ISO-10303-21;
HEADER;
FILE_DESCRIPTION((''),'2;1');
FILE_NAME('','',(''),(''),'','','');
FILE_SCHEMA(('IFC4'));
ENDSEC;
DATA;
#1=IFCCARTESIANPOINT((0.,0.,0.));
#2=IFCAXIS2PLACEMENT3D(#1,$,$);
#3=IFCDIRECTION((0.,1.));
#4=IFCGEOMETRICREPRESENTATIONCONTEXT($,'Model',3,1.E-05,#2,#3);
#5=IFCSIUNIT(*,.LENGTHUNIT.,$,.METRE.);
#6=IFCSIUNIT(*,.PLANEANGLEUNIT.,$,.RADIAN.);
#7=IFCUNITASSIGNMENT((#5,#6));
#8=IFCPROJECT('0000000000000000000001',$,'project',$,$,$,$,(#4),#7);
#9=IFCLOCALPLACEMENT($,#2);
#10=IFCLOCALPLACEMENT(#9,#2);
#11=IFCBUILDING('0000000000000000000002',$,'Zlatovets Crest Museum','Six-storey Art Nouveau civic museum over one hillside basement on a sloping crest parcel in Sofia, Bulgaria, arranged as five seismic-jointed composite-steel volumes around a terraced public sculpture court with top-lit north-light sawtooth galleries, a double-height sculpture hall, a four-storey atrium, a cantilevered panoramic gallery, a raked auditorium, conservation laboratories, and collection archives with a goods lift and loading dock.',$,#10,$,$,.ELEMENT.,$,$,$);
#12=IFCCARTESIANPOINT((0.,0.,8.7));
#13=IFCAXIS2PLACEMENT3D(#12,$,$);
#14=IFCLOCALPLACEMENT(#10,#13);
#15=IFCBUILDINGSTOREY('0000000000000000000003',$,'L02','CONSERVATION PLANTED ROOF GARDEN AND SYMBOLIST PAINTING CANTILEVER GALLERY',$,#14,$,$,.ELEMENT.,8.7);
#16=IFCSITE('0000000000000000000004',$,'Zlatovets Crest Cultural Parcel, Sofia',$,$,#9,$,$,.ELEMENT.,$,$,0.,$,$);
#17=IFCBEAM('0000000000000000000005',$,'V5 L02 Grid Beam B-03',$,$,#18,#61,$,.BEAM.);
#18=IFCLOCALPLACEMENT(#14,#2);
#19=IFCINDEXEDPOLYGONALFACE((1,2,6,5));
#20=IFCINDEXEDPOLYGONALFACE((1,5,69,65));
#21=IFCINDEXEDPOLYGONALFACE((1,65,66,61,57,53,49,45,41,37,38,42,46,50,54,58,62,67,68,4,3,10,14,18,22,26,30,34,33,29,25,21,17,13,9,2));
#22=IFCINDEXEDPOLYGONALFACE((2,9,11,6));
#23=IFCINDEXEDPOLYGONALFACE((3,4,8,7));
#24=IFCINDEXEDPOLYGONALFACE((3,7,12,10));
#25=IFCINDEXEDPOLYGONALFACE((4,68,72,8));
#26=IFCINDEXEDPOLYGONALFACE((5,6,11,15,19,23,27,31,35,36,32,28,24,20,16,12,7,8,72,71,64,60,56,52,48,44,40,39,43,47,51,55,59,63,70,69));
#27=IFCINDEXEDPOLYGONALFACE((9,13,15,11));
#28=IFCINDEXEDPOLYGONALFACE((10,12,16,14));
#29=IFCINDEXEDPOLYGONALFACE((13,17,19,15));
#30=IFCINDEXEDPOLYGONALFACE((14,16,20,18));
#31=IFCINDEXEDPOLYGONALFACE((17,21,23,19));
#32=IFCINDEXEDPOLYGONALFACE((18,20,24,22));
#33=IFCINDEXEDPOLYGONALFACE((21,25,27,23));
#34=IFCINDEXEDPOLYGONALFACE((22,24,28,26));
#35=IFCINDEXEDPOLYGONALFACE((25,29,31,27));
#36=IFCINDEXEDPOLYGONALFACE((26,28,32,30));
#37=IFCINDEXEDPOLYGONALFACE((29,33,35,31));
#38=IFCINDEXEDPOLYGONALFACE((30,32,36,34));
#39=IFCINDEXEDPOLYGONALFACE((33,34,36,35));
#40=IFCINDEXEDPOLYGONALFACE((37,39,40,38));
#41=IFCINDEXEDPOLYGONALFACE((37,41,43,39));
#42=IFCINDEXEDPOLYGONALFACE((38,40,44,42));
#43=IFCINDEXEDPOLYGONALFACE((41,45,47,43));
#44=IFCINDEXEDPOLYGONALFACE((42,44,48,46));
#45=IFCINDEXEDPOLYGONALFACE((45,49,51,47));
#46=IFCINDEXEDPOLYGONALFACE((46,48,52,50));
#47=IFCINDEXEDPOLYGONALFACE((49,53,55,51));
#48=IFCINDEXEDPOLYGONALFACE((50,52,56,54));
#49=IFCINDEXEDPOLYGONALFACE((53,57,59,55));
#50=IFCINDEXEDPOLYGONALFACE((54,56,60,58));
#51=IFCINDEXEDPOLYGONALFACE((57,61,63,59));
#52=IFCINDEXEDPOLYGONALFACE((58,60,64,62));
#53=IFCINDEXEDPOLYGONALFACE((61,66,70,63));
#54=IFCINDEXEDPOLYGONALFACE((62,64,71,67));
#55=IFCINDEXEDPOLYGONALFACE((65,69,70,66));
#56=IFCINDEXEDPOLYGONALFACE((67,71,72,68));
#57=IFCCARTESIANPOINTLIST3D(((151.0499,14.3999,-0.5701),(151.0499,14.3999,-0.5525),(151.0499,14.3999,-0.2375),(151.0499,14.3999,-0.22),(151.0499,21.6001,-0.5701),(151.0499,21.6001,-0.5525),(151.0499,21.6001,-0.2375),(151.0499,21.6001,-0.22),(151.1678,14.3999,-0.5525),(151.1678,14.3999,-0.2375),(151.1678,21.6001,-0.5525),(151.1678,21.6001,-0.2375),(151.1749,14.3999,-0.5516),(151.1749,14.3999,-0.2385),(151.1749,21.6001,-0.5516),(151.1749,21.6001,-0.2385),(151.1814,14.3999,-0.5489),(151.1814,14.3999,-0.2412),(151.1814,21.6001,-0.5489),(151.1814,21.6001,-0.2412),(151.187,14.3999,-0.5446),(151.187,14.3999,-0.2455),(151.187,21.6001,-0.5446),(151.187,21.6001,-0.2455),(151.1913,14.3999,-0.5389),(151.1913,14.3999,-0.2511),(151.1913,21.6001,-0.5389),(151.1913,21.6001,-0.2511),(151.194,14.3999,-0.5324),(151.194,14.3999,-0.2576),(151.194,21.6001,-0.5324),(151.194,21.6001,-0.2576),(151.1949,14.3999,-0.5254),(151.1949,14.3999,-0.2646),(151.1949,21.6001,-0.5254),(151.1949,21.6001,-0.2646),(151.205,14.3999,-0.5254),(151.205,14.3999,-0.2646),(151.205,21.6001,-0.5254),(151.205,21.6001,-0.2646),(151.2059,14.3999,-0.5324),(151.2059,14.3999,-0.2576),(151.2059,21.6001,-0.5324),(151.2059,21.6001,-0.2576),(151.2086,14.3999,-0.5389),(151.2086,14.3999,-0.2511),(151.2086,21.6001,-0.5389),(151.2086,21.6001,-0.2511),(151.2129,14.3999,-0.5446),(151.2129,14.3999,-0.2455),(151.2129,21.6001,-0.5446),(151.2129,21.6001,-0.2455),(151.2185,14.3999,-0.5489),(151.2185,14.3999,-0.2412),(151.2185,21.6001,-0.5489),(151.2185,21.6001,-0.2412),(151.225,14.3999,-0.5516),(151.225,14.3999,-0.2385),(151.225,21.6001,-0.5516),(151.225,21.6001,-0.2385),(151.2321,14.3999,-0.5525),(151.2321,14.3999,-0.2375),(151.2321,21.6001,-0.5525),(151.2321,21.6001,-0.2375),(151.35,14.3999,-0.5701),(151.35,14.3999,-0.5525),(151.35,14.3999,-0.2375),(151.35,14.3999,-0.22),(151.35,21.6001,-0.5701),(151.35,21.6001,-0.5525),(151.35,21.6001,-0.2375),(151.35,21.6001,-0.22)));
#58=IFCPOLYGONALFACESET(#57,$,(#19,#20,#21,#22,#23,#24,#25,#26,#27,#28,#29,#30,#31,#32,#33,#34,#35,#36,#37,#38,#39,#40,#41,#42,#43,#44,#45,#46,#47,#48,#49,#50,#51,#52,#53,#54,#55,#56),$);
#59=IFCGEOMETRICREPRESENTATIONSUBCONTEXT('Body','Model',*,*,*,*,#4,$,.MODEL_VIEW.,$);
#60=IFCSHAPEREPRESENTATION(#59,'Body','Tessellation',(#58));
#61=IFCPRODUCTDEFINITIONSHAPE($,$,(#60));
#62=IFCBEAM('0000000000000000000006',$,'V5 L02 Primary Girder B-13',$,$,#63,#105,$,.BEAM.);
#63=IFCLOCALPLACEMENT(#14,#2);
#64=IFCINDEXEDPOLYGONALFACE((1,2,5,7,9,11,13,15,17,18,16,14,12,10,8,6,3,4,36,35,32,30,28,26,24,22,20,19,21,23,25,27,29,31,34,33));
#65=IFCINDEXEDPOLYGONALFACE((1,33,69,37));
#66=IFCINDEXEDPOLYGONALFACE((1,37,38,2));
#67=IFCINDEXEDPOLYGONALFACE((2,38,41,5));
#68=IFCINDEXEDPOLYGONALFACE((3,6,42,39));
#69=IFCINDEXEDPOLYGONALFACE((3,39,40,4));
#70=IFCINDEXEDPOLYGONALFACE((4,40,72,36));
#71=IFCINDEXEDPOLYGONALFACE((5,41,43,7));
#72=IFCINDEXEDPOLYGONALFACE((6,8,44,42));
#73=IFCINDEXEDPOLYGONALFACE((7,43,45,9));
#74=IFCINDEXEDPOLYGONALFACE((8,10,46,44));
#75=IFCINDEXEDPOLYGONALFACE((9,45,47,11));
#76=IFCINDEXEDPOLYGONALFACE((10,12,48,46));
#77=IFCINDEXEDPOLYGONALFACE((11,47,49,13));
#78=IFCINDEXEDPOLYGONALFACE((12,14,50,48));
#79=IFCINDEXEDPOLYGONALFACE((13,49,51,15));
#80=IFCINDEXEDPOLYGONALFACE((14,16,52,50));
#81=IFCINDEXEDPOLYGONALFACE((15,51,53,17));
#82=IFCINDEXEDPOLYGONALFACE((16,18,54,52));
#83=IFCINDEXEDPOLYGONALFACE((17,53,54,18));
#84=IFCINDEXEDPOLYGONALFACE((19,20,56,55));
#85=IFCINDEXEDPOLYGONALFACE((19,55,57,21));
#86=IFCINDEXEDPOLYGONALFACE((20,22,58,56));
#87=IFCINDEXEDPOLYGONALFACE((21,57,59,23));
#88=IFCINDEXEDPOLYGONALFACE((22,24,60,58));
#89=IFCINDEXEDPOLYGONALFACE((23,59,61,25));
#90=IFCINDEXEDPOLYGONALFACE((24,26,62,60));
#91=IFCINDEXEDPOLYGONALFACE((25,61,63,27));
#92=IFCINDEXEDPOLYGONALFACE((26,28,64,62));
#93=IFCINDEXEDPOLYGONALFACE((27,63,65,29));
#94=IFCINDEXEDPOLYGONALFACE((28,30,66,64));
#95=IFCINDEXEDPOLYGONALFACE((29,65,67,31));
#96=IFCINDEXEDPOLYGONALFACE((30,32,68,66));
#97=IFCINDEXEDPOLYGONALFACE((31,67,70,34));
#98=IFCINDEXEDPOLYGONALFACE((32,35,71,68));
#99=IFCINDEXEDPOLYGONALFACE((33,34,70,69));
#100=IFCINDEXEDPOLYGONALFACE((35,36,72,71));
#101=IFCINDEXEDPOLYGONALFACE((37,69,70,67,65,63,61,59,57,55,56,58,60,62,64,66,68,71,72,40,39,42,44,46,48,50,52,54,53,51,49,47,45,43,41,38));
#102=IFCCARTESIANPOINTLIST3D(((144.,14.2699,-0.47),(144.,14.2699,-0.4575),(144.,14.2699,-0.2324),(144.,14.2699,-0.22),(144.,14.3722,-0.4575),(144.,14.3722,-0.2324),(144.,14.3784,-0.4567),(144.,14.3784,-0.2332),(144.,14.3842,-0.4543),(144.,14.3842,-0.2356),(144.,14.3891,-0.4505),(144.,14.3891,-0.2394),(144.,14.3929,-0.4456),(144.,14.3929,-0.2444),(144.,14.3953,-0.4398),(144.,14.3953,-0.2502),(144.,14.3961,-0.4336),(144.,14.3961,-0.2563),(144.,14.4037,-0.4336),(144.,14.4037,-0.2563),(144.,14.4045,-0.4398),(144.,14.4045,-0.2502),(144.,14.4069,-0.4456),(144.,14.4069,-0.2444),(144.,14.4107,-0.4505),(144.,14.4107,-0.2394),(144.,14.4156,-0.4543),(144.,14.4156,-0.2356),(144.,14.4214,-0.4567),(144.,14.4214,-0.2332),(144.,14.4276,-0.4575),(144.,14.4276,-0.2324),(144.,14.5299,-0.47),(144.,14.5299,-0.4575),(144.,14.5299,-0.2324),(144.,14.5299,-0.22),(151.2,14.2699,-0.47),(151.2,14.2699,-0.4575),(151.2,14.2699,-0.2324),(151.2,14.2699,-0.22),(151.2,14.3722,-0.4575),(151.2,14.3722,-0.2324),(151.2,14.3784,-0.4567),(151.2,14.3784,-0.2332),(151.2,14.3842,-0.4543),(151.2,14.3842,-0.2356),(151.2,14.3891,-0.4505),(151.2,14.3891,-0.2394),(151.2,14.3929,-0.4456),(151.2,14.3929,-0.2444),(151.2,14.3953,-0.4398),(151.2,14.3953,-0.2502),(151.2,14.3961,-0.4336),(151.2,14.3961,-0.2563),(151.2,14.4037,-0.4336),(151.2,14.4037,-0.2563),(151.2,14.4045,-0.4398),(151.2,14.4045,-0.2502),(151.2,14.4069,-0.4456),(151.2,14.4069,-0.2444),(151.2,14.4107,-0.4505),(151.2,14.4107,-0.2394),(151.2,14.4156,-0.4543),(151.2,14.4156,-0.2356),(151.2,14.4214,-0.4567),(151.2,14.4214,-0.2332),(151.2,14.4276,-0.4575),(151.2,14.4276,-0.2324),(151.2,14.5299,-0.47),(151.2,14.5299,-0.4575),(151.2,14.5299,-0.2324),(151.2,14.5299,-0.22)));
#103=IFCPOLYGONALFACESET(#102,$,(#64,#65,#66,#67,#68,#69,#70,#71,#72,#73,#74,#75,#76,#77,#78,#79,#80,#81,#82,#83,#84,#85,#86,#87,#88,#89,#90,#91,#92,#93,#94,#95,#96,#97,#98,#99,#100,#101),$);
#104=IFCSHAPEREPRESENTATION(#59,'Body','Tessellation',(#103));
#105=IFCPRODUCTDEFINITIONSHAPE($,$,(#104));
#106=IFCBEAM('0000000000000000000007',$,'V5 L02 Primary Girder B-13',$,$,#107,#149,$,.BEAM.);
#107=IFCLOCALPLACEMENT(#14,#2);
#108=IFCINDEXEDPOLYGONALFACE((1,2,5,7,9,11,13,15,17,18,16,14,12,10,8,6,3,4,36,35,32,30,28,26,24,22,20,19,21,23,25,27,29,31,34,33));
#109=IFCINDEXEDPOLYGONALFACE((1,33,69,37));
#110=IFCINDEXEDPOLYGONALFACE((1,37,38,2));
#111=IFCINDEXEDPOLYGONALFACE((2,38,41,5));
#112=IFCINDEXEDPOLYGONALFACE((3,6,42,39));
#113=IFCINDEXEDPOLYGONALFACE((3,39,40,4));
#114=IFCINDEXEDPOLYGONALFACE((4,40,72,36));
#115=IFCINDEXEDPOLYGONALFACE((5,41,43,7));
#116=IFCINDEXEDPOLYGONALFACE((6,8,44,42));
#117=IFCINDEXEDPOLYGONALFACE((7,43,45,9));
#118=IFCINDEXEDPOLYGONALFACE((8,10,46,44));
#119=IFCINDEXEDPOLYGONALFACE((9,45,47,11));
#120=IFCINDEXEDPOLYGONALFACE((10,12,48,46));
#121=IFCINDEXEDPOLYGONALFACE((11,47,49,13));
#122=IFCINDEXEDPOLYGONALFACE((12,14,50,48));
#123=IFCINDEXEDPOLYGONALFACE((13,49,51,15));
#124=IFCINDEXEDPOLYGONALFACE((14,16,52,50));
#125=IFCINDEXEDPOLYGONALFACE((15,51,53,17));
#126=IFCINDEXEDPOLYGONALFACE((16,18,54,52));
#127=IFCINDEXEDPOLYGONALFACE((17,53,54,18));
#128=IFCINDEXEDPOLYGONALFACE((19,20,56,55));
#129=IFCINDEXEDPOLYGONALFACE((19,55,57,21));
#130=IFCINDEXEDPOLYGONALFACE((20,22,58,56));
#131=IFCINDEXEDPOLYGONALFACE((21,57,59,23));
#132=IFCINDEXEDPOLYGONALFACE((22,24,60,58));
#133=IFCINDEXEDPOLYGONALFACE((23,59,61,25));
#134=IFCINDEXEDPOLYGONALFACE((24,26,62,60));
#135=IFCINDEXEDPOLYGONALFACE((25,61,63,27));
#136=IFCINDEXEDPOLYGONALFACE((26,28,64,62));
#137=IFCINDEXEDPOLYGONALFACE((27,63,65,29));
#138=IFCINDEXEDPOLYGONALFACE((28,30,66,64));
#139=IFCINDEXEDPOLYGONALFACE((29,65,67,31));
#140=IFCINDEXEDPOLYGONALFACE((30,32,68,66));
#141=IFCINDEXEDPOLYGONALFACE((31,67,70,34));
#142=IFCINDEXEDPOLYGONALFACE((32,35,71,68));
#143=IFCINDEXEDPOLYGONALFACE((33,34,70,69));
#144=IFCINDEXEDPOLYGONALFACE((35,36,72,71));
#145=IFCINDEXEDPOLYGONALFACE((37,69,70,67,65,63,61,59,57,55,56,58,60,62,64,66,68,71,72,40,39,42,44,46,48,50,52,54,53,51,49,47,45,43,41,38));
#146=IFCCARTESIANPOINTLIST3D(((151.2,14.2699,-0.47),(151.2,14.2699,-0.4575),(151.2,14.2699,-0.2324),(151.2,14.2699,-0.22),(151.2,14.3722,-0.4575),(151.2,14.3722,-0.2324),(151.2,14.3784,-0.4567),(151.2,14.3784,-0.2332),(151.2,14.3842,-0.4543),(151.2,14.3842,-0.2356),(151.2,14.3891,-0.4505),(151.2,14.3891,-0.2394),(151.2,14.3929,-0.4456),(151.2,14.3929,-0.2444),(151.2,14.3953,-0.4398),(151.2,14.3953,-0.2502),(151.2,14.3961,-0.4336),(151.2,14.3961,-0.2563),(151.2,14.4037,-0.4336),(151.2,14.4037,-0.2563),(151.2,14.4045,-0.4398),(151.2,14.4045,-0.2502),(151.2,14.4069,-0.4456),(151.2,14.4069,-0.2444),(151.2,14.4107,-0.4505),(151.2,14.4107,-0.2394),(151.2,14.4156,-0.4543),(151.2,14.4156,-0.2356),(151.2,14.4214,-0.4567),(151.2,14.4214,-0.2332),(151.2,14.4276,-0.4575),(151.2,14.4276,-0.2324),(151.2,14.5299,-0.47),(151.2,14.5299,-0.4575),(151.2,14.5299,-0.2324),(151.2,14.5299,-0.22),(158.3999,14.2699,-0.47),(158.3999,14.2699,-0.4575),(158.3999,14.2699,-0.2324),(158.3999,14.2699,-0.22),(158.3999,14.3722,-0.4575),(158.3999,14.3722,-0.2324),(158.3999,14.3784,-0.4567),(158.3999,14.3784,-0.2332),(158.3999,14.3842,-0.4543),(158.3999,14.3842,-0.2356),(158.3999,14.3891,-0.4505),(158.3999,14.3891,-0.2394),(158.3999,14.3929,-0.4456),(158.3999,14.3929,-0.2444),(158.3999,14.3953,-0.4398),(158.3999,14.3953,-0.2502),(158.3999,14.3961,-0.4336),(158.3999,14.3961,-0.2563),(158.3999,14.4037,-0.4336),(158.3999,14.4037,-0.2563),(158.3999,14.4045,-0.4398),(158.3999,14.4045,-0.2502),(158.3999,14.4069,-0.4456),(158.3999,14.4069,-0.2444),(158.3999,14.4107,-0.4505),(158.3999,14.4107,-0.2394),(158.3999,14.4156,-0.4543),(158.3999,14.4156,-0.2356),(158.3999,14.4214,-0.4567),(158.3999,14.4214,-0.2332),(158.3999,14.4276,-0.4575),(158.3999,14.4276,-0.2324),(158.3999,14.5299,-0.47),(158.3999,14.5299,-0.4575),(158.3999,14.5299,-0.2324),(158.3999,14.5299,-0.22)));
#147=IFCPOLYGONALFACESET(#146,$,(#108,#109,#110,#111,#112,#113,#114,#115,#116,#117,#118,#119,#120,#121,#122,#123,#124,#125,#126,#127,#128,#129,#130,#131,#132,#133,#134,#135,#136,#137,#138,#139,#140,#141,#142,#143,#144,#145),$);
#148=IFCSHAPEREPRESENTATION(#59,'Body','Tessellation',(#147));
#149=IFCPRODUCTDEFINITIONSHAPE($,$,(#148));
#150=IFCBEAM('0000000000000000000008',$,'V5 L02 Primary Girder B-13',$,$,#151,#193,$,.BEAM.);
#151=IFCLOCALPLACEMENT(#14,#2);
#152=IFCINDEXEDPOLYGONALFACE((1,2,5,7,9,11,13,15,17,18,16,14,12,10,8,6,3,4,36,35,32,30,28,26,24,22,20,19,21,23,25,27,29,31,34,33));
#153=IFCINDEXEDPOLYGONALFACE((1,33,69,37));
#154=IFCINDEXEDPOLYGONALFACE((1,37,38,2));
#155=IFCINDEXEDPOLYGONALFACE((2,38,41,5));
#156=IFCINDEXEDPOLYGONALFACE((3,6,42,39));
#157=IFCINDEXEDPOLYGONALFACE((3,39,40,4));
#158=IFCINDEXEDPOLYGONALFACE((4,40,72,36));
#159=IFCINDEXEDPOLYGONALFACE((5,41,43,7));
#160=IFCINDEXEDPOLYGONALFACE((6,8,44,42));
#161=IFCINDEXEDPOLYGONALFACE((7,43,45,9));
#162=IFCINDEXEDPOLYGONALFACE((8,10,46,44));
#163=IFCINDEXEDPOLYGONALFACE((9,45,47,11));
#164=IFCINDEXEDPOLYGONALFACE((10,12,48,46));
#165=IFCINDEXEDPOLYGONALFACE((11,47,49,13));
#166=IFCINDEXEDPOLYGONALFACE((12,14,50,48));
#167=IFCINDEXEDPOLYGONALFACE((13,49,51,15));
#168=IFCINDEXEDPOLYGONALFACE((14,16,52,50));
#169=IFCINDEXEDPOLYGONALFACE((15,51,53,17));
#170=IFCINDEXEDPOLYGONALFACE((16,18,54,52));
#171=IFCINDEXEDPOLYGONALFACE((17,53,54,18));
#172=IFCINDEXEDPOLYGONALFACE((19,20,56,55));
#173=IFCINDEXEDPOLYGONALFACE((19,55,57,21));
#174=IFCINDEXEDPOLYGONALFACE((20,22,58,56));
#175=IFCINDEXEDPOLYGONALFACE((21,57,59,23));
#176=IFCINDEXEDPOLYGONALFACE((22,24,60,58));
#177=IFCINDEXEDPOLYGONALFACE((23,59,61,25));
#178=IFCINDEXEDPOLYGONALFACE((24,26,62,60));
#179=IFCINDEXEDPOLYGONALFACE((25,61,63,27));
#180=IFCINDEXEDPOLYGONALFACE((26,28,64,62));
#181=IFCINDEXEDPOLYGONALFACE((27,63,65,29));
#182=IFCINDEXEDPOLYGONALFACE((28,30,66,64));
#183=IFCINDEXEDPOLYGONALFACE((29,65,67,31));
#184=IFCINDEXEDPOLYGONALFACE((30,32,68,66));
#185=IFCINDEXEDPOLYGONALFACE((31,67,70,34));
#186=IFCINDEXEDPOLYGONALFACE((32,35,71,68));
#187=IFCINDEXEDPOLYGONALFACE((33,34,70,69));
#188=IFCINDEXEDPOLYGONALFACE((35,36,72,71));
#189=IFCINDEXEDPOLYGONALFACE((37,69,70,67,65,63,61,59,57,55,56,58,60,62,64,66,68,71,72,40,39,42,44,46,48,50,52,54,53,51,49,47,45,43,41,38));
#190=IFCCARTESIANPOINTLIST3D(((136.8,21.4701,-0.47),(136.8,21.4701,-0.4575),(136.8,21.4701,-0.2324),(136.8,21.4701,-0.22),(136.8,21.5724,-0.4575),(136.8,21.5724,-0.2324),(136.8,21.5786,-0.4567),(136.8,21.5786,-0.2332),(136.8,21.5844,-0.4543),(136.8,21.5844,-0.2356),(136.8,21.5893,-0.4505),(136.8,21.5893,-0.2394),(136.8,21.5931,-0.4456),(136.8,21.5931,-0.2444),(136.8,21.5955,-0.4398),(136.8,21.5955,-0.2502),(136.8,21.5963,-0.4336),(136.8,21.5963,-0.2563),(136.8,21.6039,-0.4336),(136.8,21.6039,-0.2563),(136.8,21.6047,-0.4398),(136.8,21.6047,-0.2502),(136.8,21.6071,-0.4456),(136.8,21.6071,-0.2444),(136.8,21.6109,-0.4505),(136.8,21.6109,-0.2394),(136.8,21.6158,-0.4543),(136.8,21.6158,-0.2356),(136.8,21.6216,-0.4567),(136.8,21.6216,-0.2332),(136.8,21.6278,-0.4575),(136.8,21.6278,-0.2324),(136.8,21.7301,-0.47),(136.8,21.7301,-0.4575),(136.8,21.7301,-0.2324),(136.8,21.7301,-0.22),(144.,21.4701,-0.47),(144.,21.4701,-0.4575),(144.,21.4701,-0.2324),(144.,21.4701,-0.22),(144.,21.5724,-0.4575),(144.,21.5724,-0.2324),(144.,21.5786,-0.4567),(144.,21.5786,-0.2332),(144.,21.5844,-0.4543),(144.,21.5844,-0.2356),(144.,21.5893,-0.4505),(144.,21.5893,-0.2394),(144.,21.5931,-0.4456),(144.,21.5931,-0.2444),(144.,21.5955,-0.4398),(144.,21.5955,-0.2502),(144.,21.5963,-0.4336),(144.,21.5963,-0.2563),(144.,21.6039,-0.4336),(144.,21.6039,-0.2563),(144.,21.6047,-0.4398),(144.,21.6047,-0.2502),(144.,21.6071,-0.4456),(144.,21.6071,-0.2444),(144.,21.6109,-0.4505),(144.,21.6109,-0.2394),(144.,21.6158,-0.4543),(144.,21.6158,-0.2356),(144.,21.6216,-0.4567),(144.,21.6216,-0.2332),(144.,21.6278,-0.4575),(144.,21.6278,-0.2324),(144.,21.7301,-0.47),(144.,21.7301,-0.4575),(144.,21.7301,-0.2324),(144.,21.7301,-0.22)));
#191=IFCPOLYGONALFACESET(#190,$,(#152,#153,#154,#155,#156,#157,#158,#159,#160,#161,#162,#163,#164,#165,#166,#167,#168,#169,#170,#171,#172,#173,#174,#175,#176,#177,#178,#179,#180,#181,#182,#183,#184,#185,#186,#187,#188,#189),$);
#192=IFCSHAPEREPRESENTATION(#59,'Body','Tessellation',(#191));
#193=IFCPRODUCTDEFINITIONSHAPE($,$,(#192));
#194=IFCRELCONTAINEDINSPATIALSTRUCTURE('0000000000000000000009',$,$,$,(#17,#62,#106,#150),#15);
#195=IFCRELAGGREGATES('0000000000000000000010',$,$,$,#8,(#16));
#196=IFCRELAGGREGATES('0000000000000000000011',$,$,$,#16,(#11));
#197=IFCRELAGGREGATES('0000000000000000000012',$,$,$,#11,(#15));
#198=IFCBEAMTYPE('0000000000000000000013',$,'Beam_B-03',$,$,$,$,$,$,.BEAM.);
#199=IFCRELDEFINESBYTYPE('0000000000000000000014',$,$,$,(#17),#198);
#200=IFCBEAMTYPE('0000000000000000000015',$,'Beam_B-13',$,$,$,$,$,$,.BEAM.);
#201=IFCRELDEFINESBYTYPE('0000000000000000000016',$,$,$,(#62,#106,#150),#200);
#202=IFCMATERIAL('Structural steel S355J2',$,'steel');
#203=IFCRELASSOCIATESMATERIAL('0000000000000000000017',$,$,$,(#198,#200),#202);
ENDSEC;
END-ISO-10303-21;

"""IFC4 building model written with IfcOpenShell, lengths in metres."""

from ifc_helpers import new_model, si_unit, direction, frame, origin, origin_2d, place, context, subcontext, project, spatial, i_section, extrude, material, material_profile, profile_set, type_object, element, save


model = new_model("IFC4")

# Units and contexts
model_context = context("Model", 3, precision=1e-05, world=origin(), true_north=direction((0.0, 1.0)))
body_context = subcontext(model_context, "Body", "Model", "MODEL_VIEW")
ifc_project = project(units=[si_unit("LENGTHUNIT", "METRE"), si_unit("PLANEANGLEUNIT", "RADIAN")], contexts=[model_context])

# Site, building, storey
site_placement = place(None, origin())
site = spatial("IfcSite", under=ifc_project, at=site_placement, Name="Zlatovets Crest Cultural Parcel, Sofia", CompositionType="ELEMENT", RefElevation=0.0)
building_placement = place(site_placement, origin())
building = spatial("IfcBuilding", under=site, at=building_placement, Name="Zlatovets Crest Museum", Description="Six-storey Art Nouveau civic museum over one hillside basement on a sloping crest parcel in Sofia, Bulgaria, arranged as five seismic-jointed composite-steel volumes around a terraced public sculpture court with top-lit north-light sawtooth galleries, a double-height sculpture hall, a four-storey atrium, a cantilevered panoramic gallery, a raked auditorium, conservation laboratories, and collection archives with a goods lift and loading dock.", CompositionType="ELEMENT")
storey_placement = place(building_placement, frame((0.0, 0.0, 8.7)))
storey = spatial("IfcBuildingStorey", under=building, at=storey_placement, Name="L02", Description="CONSERVATION PLANTED ROOF GARDEN AND SYMBOLIST PAINTING CANTILEVER GALLERY", CompositionType="ELEMENT", Elevation=8.7)

# Shared definitions
ifc_material_1 = material(Name="Structural steel S355J2", Category="steel")

# Beams
ifc_material_profile_1 = material_profile(ifc_material_1, i_section(OverallWidth=0.3, OverallDepth=0.3501, WebThickness=0.01, FlangeThickness=0.0176, FilletRadius=0.0271, at=origin_2d()), Name="HEA 360")
ifc_profile_set_1 = profile_set([ifc_material_profile_1], Name="Structural steel S355J2")
beam_type_1 = type_object("IfcBeamType", Name="Beam_B-03", PredefinedType="BEAM", material=ifc_profile_set_1)
beam_1_placement = place(storey_placement, frame((151.2, 14.3999, -0.395), z_axis=(0.0, 1.0, 0.0), x_axis=(-1.0, 0.0, 0.0)))
element("IfcBeam", 1, at=beam_1_placement, inside=storey, type_object=beam_type_1, Name="V5 L02 Grid Beam B-03", PredefinedType="BEAM", context=body_context, shape_type="SweptSolid", body=[
    extrude(i_section(OverallWidth=0.3, OverallDepth=0.3501, WebThickness=0.01, FlangeThickness=0.0176, FilletRadius=0.0271, at=origin_2d()), origin(), (0.0, 0.0, 1.0), 7.2002),
])
ifc_material_profile_2 = material_profile(ifc_material_1, i_section(OverallWidth=0.26, OverallDepth=0.25, WebThickness=0.0076, FlangeThickness=0.0125, FilletRadius=0.0239, at=origin_2d()), Name="HEA 260")
ifc_profile_set_2 = profile_set([ifc_material_profile_2], Name="Structural steel S355J2")
beam_type_2 = type_object("IfcBeamType", Name="Beam_B-13", PredefinedType="BEAM", material=ifc_profile_set_2)
for number, where, z_axis, x_axis, name in (
    (2, (144.0, 14.3999, -0.345), (1.0, 0.0, 0.0), (0.0, 1.0, 0.0), "V5 L02 Primary Girder B-13"),
    (3, (151.2, 14.3999, -0.345), (1.0, 0.0, 0.0), (0.0, 1.0, 0.0), "V5 L02 Primary Girder B-13"),
    (4, (136.8, 21.6001, -0.345), (1.0, 0.0, 0.0), (0.0, 1.0, 0.0), "V5 L02 Primary Girder B-13"),
):
    element("IfcBeam", number, at=place(storey_placement, frame(where, z_axis=z_axis, x_axis=x_axis)), inside=storey, type_object=beam_type_2, Name=name, PredefinedType="BEAM", context=body_context, shape_type="SweptSolid", body=[
        extrude(i_section(OverallWidth=0.26, OverallDepth=0.25, WebThickness=0.0076, FlangeThickness=0.0125, FilletRadius=0.0239, at=origin_2d()), origin(), (0.0, 0.0, 1.0), 7.2),
    ])

save(model, "model.ifc")
